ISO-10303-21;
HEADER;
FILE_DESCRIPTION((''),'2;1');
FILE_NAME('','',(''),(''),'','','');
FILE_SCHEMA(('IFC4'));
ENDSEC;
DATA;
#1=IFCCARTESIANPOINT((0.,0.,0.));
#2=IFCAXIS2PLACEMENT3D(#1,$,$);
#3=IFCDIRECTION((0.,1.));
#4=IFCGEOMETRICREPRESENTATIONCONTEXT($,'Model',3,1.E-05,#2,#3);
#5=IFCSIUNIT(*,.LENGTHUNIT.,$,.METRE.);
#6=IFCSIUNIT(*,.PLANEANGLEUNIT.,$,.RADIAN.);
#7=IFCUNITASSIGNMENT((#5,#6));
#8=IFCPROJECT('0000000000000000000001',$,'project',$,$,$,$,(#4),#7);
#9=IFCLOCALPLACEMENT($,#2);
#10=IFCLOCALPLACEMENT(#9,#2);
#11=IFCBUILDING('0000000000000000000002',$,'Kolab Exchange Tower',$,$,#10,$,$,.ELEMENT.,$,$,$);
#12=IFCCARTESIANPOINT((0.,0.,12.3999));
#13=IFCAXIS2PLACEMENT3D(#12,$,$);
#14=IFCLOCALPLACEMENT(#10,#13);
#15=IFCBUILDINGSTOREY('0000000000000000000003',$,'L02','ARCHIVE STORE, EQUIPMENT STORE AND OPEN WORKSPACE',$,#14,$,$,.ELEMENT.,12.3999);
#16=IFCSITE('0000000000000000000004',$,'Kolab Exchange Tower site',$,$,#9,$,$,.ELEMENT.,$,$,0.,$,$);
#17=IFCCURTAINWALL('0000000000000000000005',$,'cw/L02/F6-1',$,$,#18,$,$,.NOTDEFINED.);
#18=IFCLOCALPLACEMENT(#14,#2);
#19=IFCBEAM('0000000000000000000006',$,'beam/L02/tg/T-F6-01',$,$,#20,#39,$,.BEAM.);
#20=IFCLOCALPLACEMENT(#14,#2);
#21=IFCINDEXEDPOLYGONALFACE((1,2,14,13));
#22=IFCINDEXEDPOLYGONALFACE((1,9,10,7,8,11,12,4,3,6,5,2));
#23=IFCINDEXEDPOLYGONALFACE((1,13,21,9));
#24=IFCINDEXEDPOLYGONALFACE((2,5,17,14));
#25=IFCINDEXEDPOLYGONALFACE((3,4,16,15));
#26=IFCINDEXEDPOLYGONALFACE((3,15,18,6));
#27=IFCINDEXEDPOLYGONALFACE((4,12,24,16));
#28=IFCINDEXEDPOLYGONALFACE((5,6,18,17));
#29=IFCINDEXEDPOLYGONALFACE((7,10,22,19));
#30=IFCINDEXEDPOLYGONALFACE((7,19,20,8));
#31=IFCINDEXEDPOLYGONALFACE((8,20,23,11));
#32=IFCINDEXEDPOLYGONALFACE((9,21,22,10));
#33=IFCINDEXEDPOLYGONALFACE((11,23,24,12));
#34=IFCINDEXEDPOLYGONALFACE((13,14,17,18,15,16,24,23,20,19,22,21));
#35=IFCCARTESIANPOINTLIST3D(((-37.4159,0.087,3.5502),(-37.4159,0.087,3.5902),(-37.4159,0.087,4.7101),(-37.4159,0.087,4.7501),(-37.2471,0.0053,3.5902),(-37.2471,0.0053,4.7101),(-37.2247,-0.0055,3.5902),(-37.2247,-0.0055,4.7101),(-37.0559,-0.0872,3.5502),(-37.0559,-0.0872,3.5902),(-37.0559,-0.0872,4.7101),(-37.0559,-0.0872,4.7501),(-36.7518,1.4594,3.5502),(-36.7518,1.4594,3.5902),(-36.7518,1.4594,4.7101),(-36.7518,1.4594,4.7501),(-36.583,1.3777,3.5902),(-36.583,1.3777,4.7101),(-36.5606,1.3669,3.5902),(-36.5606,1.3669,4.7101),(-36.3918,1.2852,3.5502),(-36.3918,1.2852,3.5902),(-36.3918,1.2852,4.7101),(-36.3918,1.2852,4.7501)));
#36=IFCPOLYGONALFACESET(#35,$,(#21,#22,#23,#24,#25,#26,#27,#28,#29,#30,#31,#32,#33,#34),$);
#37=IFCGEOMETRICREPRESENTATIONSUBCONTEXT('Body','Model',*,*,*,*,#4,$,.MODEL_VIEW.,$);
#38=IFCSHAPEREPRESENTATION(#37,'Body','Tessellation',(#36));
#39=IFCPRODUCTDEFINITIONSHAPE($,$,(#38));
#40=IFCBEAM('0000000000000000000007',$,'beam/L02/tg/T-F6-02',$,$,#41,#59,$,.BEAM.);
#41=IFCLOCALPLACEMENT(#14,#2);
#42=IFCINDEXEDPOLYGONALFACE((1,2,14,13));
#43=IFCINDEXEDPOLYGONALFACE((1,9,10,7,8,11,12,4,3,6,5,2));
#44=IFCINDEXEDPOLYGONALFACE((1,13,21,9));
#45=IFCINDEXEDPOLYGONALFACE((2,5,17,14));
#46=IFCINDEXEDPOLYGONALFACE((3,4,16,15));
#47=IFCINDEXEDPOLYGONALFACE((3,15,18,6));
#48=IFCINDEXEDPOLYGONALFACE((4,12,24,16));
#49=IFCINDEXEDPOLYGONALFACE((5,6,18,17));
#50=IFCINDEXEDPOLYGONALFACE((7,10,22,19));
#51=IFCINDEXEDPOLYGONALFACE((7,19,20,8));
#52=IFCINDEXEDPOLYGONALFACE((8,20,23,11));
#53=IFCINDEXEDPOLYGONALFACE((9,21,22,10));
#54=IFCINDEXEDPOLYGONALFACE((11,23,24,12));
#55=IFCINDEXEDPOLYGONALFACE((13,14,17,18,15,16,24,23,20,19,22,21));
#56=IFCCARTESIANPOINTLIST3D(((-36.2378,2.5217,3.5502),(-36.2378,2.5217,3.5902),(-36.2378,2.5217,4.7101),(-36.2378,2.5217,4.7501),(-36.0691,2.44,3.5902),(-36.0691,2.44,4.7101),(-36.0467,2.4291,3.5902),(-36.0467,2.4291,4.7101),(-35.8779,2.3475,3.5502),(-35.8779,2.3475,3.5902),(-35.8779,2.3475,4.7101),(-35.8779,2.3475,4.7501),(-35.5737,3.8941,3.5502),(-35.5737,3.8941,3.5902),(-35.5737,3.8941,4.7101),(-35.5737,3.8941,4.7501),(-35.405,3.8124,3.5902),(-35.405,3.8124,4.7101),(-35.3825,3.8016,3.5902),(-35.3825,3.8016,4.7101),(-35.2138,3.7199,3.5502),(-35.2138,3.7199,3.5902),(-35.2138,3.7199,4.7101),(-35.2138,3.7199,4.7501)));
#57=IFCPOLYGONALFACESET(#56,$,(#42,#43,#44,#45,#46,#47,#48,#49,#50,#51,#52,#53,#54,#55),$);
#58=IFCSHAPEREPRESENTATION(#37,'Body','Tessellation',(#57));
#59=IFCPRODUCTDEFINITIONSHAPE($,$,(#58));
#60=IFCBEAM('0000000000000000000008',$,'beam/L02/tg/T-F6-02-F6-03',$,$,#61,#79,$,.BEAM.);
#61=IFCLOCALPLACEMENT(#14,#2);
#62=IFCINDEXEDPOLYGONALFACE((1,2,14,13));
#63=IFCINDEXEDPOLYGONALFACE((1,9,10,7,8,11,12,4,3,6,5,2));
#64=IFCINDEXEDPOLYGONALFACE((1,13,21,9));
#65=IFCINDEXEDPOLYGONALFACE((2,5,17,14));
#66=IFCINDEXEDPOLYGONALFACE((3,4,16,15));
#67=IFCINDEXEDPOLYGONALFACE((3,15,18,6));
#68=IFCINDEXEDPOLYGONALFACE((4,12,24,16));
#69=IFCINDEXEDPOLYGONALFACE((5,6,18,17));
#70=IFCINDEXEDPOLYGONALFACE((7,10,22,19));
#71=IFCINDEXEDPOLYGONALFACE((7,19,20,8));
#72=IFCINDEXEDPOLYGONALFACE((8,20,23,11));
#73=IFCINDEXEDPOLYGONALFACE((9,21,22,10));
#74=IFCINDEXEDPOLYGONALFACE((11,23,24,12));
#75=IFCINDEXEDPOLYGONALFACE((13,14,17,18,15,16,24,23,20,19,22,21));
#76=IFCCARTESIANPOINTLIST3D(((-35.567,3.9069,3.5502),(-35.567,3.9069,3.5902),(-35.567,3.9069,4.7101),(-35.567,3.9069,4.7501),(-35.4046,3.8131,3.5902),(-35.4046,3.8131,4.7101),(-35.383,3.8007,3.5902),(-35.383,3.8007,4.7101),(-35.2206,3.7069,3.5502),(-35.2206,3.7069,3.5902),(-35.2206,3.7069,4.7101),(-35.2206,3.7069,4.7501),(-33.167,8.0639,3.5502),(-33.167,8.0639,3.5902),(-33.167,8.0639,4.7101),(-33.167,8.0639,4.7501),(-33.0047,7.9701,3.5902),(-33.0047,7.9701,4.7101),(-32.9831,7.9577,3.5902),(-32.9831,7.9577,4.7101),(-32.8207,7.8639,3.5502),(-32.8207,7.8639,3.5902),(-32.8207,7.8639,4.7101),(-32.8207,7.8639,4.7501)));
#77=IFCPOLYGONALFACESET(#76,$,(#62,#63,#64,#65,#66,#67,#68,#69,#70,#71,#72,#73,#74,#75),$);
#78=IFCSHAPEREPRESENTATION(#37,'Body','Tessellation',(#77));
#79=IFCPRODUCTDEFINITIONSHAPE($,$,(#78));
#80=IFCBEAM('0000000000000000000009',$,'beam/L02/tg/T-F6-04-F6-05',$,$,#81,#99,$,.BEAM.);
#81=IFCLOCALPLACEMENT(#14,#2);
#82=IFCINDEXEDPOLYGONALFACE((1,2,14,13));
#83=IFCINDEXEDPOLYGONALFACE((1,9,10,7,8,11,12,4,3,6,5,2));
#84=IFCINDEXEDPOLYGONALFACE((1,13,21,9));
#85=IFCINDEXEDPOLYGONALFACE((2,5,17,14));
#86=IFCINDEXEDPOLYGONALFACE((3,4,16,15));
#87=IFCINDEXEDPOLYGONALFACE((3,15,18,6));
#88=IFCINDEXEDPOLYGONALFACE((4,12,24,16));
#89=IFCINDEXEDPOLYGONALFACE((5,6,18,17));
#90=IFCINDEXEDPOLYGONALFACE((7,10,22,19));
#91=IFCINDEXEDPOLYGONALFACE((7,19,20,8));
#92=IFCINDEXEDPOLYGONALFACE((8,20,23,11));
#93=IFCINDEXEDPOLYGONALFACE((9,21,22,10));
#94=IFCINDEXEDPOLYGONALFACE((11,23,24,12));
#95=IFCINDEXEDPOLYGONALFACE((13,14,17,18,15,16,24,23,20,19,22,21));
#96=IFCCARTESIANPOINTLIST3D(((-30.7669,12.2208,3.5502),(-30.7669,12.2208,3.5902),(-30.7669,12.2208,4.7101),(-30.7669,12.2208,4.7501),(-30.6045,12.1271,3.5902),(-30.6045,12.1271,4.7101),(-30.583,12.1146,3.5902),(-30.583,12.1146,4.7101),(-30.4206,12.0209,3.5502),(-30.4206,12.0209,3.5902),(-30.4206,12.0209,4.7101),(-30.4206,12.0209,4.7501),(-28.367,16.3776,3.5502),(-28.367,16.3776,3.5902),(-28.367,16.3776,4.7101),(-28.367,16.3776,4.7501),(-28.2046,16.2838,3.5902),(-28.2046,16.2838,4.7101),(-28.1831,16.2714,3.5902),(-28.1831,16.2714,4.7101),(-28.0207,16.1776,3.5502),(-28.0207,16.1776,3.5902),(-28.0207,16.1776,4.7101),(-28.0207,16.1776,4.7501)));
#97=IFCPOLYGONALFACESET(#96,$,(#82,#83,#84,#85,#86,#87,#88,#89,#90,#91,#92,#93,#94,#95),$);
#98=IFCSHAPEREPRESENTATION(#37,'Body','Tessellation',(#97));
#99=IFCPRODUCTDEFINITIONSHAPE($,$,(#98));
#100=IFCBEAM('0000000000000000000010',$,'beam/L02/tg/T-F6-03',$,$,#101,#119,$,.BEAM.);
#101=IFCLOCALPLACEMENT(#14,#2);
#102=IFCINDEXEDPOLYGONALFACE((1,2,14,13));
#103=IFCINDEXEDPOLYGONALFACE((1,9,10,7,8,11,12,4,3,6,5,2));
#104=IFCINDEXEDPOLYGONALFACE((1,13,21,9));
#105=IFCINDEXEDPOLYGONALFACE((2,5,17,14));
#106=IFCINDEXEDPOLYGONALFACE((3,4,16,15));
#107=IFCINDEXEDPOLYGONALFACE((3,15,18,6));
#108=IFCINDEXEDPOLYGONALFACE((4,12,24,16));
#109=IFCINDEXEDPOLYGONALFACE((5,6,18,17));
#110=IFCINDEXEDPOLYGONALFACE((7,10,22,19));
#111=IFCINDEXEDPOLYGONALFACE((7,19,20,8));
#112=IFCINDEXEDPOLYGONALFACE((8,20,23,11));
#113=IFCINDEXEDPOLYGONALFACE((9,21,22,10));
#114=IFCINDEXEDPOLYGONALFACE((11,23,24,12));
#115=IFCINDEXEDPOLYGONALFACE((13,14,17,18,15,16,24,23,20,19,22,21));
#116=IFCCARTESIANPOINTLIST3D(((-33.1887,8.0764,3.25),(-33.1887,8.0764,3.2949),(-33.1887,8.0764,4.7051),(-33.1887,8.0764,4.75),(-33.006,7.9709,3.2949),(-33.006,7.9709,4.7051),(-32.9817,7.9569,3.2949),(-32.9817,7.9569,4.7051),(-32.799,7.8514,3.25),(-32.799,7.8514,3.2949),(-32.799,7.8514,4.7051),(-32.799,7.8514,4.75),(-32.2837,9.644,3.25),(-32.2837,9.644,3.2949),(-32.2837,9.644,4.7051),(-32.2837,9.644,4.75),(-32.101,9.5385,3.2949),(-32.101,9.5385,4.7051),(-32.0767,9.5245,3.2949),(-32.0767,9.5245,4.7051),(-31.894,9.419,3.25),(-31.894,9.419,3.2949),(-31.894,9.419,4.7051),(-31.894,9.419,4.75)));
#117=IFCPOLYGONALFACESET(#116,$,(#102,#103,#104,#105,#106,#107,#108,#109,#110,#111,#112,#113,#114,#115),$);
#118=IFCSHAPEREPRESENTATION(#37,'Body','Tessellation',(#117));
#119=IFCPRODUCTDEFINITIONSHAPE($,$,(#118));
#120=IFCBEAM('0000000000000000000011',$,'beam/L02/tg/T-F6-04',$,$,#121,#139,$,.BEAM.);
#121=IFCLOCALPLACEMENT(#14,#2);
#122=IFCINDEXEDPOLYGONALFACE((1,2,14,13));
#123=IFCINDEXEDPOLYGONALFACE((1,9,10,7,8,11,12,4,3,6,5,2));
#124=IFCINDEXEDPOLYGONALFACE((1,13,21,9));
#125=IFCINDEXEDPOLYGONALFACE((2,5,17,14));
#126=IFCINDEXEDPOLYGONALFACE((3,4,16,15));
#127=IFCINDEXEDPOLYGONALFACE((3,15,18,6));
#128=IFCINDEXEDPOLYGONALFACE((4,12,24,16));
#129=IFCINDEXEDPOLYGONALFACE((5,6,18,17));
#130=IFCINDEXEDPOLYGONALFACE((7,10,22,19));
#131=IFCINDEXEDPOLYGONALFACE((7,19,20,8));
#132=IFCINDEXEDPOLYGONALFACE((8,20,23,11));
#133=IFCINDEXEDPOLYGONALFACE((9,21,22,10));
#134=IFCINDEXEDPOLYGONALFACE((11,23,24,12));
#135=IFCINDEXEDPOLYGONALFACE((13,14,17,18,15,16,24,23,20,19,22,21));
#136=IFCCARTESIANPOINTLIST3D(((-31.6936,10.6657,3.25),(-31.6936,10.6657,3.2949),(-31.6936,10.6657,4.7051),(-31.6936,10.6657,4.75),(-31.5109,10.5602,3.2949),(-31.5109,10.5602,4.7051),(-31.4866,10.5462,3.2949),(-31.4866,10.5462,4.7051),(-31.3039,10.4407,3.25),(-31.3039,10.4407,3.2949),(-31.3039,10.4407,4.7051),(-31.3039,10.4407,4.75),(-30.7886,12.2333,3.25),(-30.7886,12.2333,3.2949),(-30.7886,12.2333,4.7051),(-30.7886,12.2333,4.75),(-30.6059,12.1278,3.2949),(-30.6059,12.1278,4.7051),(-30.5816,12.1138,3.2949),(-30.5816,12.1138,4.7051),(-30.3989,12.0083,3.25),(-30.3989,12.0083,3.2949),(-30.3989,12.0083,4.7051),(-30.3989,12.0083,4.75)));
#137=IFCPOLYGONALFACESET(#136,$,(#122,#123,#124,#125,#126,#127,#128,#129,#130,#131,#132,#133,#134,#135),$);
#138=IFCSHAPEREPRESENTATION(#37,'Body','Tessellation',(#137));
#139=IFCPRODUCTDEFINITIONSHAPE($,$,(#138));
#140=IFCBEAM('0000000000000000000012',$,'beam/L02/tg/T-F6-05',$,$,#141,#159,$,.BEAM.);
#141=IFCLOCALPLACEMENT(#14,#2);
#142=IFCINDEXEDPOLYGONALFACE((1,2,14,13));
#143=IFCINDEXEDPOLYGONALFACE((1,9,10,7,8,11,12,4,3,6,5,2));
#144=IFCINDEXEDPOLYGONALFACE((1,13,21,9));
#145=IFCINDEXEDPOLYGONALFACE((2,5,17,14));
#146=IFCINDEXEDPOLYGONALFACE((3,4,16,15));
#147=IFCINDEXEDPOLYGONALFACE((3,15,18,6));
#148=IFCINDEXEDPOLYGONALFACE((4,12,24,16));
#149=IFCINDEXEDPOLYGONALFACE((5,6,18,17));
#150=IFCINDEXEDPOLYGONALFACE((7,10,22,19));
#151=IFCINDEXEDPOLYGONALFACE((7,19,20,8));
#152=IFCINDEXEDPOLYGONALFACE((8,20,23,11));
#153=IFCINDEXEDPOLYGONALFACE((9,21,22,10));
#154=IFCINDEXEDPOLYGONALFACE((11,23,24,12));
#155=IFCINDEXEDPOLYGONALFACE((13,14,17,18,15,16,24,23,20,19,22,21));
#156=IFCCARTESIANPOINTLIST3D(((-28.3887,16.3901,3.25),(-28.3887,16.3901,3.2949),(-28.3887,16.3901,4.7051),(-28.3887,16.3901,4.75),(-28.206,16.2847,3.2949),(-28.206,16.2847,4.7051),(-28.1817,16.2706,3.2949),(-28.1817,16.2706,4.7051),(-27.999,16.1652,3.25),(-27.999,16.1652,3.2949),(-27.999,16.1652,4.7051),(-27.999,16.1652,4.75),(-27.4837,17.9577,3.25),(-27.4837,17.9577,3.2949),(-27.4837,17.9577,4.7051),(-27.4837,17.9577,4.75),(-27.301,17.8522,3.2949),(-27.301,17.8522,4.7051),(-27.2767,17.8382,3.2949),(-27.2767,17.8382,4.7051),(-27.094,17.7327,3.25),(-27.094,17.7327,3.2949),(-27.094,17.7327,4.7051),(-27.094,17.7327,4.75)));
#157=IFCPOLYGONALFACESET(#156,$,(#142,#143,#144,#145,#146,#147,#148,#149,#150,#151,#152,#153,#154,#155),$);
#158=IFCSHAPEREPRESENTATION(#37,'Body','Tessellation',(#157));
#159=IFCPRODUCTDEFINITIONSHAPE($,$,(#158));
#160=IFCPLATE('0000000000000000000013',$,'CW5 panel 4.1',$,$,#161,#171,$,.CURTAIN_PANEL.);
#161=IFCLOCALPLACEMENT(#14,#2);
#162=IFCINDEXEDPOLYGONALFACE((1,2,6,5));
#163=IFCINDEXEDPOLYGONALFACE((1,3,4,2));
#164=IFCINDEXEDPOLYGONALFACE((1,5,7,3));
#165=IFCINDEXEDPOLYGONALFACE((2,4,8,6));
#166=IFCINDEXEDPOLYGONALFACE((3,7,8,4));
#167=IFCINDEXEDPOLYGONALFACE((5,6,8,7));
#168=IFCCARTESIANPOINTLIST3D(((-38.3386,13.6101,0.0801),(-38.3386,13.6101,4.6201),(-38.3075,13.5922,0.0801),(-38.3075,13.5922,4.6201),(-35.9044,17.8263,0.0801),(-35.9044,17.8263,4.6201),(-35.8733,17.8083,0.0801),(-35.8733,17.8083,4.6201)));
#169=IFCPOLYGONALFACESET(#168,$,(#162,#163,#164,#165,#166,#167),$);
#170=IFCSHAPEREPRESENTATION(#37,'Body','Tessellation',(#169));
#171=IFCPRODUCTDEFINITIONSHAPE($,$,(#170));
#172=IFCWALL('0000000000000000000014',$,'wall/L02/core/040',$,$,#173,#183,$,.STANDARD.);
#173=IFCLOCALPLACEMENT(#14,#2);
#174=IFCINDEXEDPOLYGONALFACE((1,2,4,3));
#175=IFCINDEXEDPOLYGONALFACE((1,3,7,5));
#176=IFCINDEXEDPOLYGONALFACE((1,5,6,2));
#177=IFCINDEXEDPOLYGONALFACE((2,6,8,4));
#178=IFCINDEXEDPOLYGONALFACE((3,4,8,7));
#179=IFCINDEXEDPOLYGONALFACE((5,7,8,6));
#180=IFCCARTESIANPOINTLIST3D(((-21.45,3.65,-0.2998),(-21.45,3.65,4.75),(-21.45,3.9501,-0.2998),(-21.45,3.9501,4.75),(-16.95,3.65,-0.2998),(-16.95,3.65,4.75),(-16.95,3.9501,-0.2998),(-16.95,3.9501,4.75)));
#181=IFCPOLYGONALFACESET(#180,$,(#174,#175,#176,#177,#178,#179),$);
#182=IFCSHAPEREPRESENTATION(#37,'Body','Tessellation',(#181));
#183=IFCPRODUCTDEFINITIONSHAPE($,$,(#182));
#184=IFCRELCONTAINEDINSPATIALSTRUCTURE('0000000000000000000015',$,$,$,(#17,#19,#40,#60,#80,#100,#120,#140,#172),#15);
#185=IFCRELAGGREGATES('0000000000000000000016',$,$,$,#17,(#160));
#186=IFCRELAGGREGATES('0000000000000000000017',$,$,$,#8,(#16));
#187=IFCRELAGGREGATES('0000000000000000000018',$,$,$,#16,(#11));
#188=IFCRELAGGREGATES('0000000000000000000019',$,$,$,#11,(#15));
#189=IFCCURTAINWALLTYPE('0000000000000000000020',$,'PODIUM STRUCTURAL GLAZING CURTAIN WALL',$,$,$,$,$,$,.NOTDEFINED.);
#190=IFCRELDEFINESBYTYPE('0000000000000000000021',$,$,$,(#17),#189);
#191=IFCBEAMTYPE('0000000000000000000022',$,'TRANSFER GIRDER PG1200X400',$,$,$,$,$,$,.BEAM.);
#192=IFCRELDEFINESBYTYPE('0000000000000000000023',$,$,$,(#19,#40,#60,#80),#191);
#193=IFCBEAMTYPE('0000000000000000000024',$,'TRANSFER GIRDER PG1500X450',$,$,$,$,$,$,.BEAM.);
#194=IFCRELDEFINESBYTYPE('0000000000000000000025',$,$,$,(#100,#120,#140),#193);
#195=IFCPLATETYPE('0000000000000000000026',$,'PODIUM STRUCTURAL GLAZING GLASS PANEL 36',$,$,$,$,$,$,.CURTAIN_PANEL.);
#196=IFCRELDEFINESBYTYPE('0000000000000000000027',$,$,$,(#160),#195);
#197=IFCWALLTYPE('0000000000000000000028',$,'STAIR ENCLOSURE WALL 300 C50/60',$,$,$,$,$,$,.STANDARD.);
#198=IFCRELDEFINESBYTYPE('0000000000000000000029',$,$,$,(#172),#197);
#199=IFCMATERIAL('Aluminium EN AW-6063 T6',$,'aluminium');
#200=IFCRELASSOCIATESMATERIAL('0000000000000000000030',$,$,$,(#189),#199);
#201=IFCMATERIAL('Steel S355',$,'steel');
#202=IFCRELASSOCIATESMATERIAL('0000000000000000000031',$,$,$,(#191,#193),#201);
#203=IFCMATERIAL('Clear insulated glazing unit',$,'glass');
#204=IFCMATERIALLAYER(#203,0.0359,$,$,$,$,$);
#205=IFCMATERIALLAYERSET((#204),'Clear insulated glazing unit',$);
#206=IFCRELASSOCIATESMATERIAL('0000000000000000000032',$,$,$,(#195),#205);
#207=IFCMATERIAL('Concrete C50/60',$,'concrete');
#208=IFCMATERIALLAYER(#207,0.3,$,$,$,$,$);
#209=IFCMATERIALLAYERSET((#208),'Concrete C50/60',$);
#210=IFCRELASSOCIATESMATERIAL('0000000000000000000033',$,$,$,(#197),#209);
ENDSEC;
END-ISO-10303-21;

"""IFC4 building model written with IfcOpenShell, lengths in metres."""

from ifc_helpers import new_model, si_unit, direction, frame, frame_2d, origin, origin_2d, place, context, subcontext, project, spatial, rectangle, i_section, extrude, material, layer, layer_set, material_profile, profile_set, type_object, element, aggregate, save


model = new_model("IFC4")

# Units and contexts
model_context = context("Model", 3, precision=1e-05, world=origin(), true_north=direction((0.0, 1.0)))
body_context = subcontext(model_context, "Body", "Model", "MODEL_VIEW")
ifc_project = project(units=[si_unit("LENGTHUNIT", "METRE"), si_unit("PLANEANGLEUNIT", "RADIAN")], contexts=[model_context])

# Site, building, storey
site_placement = place(None, origin())
site = spatial("IfcSite", under=ifc_project, at=site_placement, Name="Kolab Exchange Tower site", CompositionType="ELEMENT", RefElevation=0.0)
building_placement = place(site_placement, origin())
building = spatial("IfcBuilding", under=site, at=building_placement, Name="Kolab Exchange Tower", CompositionType="ELEMENT")
storey_placement = place(building_placement, frame((0.0, 0.0, 12.3999)))
storey = spatial("IfcBuildingStorey", under=building, at=storey_placement, Name="L02", Description="ARCHIVE STORE, EQUIPMENT STORE AND OPEN WORKSPACE", CompositionType="ELEMENT", Elevation=12.3999)

# Shared definitions
ifc_material_1 = material(Name="Steel S355", Category="steel")

# Curtain wall
ifc_material_2 = material(Name="Aluminium EN AW-6063 T6", Category="aluminium")
curtain_wall_type = type_object("IfcCurtainWallType", Name="PODIUM STRUCTURAL GLAZING CURTAIN WALL", PredefinedType="NOTDEFINED", material=ifc_material_2)
curtain_wall_placement = place(storey_placement, origin())
curtain_wall = element("IfcCurtainWall", 1, at=curtain_wall_placement, inside=storey, type_object=curtain_wall_type, Name="cw/L02/F6-1", PredefinedType="NOTDEFINED")

# Beams
ifc_material_profile_1 = material_profile(ifc_material_1, i_section(OverallWidth=0.3999, OverallDepth=1.2, WebThickness=0.0249, FlangeThickness=0.04, at=origin_2d()), Name="PG1200X400")
ifc_profile_set_1 = profile_set([ifc_material_profile_1], Name="Steel S355")
beam_type_1 = type_object("IfcBeamType", Name="TRANSFER GIRDER PG1200X400", PredefinedType="BEAM", material=ifc_profile_set_1)
for number, where, z_axis, x_axis, name in (
    (2, (-36.5718, 1.3723, 4.1501), (-0.435582, -0.900149, 0.0), (0.900149, -0.435582, 0.0), "beam/L02/tg/T-F6-01"),
    (3, (-36.0579, 2.4346, 4.1501), (0.435582, 0.900149, 0.0), (-0.900149, 0.435582, 0.0), "beam/L02/tg/T-F6-02"),
):
    element("IfcBeam", number, at=place(storey_placement, frame(where, z_axis=z_axis, x_axis=x_axis)), inside=storey, type_object=beam_type_1, Name=name, PredefinedType="BEAM", context=body_context, shape_type="SweptSolid", body=[
        extrude(i_section(OverallWidth=0.3999, OverallDepth=1.2, WebThickness=0.0249, FlangeThickness=0.04, at=origin_2d()), origin(), (0.0, 0.0, 1.0), 1.5247),
    ])
beam_1_placement = place(storey_placement, frame((-35.3938, 3.8069, 4.1501), z_axis=(0.499979, 0.866037, 0.0), x_axis=(-0.866037, 0.499979, 0.0)))
element("IfcBeam", 4, at=beam_1_placement, inside=storey, type_object=beam_type_1, Name="beam/L02/tg/T-F6-02-F6-03", PredefinedType="BEAM", context=body_context, shape_type="SweptSolid", body=[
    extrude(i_section(OverallWidth=0.3999, OverallDepth=1.2, WebThickness=0.0249, FlangeThickness=0.04, at=origin_2d()), origin(), (0.0, 0.0, 1.0), 4.8),
])
beam_2_placement = place(storey_placement, frame((-30.5938, 12.1208, 4.1501), z_axis=(0.500001, 0.866025, 0.0), x_axis=(-0.866025, 0.500001, 0.0)))
element("IfcBeam", 5, at=beam_2_placement, inside=storey, type_object=beam_type_1, Name="beam/L02/tg/T-F6-04-F6-05", PredefinedType="BEAM", context=body_context, shape_type="SweptSolid", body=[
    extrude(i_section(OverallWidth=0.3999, OverallDepth=1.2, WebThickness=0.0249, FlangeThickness=0.04, at=origin_2d()), origin(), (0.0, 0.0, 1.0), 4.7998),
])
ifc_material_profile_2 = material_profile(ifc_material_1, i_section(OverallWidth=0.45, OverallDepth=1.5, WebThickness=0.0281, FlangeThickness=0.0449, at=origin_2d()), Name="PG1500X450")
ifc_profile_set_2 = profile_set([ifc_material_profile_2], Name="Steel S355")
beam_type_2 = type_object("IfcBeamType", Name="TRANSFER GIRDER PG1500X450", PredefinedType="BEAM", material=ifc_profile_set_2)
for number, where, z_axis, x_axis, name in (
    (6, (-32.0889, 9.5315, 4.0), (-0.499983, -0.866035, 0.0), (0.866035, -0.499983, 0.0), "beam/L02/tg/T-F6-03"),
    (7, (-31.4988, 10.5532, 4.0), (0.499983, 0.866035, 0.0), (-0.866035, 0.499983, 0.0), "beam/L02/tg/T-F6-04"),
    (8, (-27.2888, 17.8452, 4.0), (-0.499983, -0.866035, 0.0), (0.866035, -0.499983, 0.0), "beam/L02/tg/T-F6-05"),
):
    element("IfcBeam", number, at=place(storey_placement, frame(where, z_axis=z_axis, x_axis=x_axis)), inside=storey, type_object=beam_type_2, Name=name, PredefinedType="BEAM", context=body_context, shape_type="SweptSolid", body=[
        extrude(i_section(OverallWidth=0.45, OverallDepth=1.5, WebThickness=0.0281, FlangeThickness=0.0449, at=origin_2d()), origin(), (0.0, 0.0, 1.0), 1.8101),
    ])

# Plate
ifc_material_3 = material(Name="Clear insulated glazing unit", Category="glass")
ifc_layer_1 = layer(ifc_material_3, 0.0359)
ifc_layer_set_1 = layer_set([ifc_layer_1], Name="Clear insulated glazing unit")
plate_type = type_object("IfcPlateType", Name="PODIUM STRUCTURAL GLAZING GLASS PANEL 36", PredefinedType="CURTAIN_PANEL", material=ifc_layer_set_1)
plate_placement = place(storey_placement, frame((-37.106, 15.7092, 0.0801), z_axis=(0.0, 0.0, 1.0), x_axis=(0.5, 0.866025, 0.0)))
plate = element("IfcPlate", 9, at=plate_placement, type_object=plate_type, Name="CW5 panel 4.1", PredefinedType="CURTAIN_PANEL", context=body_context, shape_type="SweptSolid", body=[
    extrude(rectangle(XDim=4.8684, YDim=0.0359, at=origin_2d()), origin(), (0.0, 0.0, 1.0), 4.54),
])
aggregate(curtain_wall, [plate])

# Wall
ifc_material_4 = material(Name="Concrete C50/60", Category="concrete")
ifc_layer_2 = layer(ifc_material_4, 0.3)
ifc_layer_set_2 = layer_set([ifc_layer_2], Name="Concrete C50/60")
wall_type = type_object("IfcWallType", Name="STAIR ENCLOSURE WALL 300 C50/60", PredefinedType="STANDARD", material=ifc_layer_set_2)
wall_placement = place(storey_placement, frame((-21.45, 3.8, -0.2998), z_axis=(0.0, 0.0, 1.0), x_axis=(1.0, 0.0, 0.0)))
element("IfcWall", 10, at=wall_placement, inside=storey, type_object=wall_type, Name="wall/L02/core/040", PredefinedType="STANDARD", context=body_context, shape_type="SweptSolid", body=[
    extrude(rectangle(XDim=4.5, YDim=0.3, at=frame_2d((2.25, 0.0))), origin(), (0.0, 0.0, 1.0), 5.0498),
])

save(model, "model.ifc")
